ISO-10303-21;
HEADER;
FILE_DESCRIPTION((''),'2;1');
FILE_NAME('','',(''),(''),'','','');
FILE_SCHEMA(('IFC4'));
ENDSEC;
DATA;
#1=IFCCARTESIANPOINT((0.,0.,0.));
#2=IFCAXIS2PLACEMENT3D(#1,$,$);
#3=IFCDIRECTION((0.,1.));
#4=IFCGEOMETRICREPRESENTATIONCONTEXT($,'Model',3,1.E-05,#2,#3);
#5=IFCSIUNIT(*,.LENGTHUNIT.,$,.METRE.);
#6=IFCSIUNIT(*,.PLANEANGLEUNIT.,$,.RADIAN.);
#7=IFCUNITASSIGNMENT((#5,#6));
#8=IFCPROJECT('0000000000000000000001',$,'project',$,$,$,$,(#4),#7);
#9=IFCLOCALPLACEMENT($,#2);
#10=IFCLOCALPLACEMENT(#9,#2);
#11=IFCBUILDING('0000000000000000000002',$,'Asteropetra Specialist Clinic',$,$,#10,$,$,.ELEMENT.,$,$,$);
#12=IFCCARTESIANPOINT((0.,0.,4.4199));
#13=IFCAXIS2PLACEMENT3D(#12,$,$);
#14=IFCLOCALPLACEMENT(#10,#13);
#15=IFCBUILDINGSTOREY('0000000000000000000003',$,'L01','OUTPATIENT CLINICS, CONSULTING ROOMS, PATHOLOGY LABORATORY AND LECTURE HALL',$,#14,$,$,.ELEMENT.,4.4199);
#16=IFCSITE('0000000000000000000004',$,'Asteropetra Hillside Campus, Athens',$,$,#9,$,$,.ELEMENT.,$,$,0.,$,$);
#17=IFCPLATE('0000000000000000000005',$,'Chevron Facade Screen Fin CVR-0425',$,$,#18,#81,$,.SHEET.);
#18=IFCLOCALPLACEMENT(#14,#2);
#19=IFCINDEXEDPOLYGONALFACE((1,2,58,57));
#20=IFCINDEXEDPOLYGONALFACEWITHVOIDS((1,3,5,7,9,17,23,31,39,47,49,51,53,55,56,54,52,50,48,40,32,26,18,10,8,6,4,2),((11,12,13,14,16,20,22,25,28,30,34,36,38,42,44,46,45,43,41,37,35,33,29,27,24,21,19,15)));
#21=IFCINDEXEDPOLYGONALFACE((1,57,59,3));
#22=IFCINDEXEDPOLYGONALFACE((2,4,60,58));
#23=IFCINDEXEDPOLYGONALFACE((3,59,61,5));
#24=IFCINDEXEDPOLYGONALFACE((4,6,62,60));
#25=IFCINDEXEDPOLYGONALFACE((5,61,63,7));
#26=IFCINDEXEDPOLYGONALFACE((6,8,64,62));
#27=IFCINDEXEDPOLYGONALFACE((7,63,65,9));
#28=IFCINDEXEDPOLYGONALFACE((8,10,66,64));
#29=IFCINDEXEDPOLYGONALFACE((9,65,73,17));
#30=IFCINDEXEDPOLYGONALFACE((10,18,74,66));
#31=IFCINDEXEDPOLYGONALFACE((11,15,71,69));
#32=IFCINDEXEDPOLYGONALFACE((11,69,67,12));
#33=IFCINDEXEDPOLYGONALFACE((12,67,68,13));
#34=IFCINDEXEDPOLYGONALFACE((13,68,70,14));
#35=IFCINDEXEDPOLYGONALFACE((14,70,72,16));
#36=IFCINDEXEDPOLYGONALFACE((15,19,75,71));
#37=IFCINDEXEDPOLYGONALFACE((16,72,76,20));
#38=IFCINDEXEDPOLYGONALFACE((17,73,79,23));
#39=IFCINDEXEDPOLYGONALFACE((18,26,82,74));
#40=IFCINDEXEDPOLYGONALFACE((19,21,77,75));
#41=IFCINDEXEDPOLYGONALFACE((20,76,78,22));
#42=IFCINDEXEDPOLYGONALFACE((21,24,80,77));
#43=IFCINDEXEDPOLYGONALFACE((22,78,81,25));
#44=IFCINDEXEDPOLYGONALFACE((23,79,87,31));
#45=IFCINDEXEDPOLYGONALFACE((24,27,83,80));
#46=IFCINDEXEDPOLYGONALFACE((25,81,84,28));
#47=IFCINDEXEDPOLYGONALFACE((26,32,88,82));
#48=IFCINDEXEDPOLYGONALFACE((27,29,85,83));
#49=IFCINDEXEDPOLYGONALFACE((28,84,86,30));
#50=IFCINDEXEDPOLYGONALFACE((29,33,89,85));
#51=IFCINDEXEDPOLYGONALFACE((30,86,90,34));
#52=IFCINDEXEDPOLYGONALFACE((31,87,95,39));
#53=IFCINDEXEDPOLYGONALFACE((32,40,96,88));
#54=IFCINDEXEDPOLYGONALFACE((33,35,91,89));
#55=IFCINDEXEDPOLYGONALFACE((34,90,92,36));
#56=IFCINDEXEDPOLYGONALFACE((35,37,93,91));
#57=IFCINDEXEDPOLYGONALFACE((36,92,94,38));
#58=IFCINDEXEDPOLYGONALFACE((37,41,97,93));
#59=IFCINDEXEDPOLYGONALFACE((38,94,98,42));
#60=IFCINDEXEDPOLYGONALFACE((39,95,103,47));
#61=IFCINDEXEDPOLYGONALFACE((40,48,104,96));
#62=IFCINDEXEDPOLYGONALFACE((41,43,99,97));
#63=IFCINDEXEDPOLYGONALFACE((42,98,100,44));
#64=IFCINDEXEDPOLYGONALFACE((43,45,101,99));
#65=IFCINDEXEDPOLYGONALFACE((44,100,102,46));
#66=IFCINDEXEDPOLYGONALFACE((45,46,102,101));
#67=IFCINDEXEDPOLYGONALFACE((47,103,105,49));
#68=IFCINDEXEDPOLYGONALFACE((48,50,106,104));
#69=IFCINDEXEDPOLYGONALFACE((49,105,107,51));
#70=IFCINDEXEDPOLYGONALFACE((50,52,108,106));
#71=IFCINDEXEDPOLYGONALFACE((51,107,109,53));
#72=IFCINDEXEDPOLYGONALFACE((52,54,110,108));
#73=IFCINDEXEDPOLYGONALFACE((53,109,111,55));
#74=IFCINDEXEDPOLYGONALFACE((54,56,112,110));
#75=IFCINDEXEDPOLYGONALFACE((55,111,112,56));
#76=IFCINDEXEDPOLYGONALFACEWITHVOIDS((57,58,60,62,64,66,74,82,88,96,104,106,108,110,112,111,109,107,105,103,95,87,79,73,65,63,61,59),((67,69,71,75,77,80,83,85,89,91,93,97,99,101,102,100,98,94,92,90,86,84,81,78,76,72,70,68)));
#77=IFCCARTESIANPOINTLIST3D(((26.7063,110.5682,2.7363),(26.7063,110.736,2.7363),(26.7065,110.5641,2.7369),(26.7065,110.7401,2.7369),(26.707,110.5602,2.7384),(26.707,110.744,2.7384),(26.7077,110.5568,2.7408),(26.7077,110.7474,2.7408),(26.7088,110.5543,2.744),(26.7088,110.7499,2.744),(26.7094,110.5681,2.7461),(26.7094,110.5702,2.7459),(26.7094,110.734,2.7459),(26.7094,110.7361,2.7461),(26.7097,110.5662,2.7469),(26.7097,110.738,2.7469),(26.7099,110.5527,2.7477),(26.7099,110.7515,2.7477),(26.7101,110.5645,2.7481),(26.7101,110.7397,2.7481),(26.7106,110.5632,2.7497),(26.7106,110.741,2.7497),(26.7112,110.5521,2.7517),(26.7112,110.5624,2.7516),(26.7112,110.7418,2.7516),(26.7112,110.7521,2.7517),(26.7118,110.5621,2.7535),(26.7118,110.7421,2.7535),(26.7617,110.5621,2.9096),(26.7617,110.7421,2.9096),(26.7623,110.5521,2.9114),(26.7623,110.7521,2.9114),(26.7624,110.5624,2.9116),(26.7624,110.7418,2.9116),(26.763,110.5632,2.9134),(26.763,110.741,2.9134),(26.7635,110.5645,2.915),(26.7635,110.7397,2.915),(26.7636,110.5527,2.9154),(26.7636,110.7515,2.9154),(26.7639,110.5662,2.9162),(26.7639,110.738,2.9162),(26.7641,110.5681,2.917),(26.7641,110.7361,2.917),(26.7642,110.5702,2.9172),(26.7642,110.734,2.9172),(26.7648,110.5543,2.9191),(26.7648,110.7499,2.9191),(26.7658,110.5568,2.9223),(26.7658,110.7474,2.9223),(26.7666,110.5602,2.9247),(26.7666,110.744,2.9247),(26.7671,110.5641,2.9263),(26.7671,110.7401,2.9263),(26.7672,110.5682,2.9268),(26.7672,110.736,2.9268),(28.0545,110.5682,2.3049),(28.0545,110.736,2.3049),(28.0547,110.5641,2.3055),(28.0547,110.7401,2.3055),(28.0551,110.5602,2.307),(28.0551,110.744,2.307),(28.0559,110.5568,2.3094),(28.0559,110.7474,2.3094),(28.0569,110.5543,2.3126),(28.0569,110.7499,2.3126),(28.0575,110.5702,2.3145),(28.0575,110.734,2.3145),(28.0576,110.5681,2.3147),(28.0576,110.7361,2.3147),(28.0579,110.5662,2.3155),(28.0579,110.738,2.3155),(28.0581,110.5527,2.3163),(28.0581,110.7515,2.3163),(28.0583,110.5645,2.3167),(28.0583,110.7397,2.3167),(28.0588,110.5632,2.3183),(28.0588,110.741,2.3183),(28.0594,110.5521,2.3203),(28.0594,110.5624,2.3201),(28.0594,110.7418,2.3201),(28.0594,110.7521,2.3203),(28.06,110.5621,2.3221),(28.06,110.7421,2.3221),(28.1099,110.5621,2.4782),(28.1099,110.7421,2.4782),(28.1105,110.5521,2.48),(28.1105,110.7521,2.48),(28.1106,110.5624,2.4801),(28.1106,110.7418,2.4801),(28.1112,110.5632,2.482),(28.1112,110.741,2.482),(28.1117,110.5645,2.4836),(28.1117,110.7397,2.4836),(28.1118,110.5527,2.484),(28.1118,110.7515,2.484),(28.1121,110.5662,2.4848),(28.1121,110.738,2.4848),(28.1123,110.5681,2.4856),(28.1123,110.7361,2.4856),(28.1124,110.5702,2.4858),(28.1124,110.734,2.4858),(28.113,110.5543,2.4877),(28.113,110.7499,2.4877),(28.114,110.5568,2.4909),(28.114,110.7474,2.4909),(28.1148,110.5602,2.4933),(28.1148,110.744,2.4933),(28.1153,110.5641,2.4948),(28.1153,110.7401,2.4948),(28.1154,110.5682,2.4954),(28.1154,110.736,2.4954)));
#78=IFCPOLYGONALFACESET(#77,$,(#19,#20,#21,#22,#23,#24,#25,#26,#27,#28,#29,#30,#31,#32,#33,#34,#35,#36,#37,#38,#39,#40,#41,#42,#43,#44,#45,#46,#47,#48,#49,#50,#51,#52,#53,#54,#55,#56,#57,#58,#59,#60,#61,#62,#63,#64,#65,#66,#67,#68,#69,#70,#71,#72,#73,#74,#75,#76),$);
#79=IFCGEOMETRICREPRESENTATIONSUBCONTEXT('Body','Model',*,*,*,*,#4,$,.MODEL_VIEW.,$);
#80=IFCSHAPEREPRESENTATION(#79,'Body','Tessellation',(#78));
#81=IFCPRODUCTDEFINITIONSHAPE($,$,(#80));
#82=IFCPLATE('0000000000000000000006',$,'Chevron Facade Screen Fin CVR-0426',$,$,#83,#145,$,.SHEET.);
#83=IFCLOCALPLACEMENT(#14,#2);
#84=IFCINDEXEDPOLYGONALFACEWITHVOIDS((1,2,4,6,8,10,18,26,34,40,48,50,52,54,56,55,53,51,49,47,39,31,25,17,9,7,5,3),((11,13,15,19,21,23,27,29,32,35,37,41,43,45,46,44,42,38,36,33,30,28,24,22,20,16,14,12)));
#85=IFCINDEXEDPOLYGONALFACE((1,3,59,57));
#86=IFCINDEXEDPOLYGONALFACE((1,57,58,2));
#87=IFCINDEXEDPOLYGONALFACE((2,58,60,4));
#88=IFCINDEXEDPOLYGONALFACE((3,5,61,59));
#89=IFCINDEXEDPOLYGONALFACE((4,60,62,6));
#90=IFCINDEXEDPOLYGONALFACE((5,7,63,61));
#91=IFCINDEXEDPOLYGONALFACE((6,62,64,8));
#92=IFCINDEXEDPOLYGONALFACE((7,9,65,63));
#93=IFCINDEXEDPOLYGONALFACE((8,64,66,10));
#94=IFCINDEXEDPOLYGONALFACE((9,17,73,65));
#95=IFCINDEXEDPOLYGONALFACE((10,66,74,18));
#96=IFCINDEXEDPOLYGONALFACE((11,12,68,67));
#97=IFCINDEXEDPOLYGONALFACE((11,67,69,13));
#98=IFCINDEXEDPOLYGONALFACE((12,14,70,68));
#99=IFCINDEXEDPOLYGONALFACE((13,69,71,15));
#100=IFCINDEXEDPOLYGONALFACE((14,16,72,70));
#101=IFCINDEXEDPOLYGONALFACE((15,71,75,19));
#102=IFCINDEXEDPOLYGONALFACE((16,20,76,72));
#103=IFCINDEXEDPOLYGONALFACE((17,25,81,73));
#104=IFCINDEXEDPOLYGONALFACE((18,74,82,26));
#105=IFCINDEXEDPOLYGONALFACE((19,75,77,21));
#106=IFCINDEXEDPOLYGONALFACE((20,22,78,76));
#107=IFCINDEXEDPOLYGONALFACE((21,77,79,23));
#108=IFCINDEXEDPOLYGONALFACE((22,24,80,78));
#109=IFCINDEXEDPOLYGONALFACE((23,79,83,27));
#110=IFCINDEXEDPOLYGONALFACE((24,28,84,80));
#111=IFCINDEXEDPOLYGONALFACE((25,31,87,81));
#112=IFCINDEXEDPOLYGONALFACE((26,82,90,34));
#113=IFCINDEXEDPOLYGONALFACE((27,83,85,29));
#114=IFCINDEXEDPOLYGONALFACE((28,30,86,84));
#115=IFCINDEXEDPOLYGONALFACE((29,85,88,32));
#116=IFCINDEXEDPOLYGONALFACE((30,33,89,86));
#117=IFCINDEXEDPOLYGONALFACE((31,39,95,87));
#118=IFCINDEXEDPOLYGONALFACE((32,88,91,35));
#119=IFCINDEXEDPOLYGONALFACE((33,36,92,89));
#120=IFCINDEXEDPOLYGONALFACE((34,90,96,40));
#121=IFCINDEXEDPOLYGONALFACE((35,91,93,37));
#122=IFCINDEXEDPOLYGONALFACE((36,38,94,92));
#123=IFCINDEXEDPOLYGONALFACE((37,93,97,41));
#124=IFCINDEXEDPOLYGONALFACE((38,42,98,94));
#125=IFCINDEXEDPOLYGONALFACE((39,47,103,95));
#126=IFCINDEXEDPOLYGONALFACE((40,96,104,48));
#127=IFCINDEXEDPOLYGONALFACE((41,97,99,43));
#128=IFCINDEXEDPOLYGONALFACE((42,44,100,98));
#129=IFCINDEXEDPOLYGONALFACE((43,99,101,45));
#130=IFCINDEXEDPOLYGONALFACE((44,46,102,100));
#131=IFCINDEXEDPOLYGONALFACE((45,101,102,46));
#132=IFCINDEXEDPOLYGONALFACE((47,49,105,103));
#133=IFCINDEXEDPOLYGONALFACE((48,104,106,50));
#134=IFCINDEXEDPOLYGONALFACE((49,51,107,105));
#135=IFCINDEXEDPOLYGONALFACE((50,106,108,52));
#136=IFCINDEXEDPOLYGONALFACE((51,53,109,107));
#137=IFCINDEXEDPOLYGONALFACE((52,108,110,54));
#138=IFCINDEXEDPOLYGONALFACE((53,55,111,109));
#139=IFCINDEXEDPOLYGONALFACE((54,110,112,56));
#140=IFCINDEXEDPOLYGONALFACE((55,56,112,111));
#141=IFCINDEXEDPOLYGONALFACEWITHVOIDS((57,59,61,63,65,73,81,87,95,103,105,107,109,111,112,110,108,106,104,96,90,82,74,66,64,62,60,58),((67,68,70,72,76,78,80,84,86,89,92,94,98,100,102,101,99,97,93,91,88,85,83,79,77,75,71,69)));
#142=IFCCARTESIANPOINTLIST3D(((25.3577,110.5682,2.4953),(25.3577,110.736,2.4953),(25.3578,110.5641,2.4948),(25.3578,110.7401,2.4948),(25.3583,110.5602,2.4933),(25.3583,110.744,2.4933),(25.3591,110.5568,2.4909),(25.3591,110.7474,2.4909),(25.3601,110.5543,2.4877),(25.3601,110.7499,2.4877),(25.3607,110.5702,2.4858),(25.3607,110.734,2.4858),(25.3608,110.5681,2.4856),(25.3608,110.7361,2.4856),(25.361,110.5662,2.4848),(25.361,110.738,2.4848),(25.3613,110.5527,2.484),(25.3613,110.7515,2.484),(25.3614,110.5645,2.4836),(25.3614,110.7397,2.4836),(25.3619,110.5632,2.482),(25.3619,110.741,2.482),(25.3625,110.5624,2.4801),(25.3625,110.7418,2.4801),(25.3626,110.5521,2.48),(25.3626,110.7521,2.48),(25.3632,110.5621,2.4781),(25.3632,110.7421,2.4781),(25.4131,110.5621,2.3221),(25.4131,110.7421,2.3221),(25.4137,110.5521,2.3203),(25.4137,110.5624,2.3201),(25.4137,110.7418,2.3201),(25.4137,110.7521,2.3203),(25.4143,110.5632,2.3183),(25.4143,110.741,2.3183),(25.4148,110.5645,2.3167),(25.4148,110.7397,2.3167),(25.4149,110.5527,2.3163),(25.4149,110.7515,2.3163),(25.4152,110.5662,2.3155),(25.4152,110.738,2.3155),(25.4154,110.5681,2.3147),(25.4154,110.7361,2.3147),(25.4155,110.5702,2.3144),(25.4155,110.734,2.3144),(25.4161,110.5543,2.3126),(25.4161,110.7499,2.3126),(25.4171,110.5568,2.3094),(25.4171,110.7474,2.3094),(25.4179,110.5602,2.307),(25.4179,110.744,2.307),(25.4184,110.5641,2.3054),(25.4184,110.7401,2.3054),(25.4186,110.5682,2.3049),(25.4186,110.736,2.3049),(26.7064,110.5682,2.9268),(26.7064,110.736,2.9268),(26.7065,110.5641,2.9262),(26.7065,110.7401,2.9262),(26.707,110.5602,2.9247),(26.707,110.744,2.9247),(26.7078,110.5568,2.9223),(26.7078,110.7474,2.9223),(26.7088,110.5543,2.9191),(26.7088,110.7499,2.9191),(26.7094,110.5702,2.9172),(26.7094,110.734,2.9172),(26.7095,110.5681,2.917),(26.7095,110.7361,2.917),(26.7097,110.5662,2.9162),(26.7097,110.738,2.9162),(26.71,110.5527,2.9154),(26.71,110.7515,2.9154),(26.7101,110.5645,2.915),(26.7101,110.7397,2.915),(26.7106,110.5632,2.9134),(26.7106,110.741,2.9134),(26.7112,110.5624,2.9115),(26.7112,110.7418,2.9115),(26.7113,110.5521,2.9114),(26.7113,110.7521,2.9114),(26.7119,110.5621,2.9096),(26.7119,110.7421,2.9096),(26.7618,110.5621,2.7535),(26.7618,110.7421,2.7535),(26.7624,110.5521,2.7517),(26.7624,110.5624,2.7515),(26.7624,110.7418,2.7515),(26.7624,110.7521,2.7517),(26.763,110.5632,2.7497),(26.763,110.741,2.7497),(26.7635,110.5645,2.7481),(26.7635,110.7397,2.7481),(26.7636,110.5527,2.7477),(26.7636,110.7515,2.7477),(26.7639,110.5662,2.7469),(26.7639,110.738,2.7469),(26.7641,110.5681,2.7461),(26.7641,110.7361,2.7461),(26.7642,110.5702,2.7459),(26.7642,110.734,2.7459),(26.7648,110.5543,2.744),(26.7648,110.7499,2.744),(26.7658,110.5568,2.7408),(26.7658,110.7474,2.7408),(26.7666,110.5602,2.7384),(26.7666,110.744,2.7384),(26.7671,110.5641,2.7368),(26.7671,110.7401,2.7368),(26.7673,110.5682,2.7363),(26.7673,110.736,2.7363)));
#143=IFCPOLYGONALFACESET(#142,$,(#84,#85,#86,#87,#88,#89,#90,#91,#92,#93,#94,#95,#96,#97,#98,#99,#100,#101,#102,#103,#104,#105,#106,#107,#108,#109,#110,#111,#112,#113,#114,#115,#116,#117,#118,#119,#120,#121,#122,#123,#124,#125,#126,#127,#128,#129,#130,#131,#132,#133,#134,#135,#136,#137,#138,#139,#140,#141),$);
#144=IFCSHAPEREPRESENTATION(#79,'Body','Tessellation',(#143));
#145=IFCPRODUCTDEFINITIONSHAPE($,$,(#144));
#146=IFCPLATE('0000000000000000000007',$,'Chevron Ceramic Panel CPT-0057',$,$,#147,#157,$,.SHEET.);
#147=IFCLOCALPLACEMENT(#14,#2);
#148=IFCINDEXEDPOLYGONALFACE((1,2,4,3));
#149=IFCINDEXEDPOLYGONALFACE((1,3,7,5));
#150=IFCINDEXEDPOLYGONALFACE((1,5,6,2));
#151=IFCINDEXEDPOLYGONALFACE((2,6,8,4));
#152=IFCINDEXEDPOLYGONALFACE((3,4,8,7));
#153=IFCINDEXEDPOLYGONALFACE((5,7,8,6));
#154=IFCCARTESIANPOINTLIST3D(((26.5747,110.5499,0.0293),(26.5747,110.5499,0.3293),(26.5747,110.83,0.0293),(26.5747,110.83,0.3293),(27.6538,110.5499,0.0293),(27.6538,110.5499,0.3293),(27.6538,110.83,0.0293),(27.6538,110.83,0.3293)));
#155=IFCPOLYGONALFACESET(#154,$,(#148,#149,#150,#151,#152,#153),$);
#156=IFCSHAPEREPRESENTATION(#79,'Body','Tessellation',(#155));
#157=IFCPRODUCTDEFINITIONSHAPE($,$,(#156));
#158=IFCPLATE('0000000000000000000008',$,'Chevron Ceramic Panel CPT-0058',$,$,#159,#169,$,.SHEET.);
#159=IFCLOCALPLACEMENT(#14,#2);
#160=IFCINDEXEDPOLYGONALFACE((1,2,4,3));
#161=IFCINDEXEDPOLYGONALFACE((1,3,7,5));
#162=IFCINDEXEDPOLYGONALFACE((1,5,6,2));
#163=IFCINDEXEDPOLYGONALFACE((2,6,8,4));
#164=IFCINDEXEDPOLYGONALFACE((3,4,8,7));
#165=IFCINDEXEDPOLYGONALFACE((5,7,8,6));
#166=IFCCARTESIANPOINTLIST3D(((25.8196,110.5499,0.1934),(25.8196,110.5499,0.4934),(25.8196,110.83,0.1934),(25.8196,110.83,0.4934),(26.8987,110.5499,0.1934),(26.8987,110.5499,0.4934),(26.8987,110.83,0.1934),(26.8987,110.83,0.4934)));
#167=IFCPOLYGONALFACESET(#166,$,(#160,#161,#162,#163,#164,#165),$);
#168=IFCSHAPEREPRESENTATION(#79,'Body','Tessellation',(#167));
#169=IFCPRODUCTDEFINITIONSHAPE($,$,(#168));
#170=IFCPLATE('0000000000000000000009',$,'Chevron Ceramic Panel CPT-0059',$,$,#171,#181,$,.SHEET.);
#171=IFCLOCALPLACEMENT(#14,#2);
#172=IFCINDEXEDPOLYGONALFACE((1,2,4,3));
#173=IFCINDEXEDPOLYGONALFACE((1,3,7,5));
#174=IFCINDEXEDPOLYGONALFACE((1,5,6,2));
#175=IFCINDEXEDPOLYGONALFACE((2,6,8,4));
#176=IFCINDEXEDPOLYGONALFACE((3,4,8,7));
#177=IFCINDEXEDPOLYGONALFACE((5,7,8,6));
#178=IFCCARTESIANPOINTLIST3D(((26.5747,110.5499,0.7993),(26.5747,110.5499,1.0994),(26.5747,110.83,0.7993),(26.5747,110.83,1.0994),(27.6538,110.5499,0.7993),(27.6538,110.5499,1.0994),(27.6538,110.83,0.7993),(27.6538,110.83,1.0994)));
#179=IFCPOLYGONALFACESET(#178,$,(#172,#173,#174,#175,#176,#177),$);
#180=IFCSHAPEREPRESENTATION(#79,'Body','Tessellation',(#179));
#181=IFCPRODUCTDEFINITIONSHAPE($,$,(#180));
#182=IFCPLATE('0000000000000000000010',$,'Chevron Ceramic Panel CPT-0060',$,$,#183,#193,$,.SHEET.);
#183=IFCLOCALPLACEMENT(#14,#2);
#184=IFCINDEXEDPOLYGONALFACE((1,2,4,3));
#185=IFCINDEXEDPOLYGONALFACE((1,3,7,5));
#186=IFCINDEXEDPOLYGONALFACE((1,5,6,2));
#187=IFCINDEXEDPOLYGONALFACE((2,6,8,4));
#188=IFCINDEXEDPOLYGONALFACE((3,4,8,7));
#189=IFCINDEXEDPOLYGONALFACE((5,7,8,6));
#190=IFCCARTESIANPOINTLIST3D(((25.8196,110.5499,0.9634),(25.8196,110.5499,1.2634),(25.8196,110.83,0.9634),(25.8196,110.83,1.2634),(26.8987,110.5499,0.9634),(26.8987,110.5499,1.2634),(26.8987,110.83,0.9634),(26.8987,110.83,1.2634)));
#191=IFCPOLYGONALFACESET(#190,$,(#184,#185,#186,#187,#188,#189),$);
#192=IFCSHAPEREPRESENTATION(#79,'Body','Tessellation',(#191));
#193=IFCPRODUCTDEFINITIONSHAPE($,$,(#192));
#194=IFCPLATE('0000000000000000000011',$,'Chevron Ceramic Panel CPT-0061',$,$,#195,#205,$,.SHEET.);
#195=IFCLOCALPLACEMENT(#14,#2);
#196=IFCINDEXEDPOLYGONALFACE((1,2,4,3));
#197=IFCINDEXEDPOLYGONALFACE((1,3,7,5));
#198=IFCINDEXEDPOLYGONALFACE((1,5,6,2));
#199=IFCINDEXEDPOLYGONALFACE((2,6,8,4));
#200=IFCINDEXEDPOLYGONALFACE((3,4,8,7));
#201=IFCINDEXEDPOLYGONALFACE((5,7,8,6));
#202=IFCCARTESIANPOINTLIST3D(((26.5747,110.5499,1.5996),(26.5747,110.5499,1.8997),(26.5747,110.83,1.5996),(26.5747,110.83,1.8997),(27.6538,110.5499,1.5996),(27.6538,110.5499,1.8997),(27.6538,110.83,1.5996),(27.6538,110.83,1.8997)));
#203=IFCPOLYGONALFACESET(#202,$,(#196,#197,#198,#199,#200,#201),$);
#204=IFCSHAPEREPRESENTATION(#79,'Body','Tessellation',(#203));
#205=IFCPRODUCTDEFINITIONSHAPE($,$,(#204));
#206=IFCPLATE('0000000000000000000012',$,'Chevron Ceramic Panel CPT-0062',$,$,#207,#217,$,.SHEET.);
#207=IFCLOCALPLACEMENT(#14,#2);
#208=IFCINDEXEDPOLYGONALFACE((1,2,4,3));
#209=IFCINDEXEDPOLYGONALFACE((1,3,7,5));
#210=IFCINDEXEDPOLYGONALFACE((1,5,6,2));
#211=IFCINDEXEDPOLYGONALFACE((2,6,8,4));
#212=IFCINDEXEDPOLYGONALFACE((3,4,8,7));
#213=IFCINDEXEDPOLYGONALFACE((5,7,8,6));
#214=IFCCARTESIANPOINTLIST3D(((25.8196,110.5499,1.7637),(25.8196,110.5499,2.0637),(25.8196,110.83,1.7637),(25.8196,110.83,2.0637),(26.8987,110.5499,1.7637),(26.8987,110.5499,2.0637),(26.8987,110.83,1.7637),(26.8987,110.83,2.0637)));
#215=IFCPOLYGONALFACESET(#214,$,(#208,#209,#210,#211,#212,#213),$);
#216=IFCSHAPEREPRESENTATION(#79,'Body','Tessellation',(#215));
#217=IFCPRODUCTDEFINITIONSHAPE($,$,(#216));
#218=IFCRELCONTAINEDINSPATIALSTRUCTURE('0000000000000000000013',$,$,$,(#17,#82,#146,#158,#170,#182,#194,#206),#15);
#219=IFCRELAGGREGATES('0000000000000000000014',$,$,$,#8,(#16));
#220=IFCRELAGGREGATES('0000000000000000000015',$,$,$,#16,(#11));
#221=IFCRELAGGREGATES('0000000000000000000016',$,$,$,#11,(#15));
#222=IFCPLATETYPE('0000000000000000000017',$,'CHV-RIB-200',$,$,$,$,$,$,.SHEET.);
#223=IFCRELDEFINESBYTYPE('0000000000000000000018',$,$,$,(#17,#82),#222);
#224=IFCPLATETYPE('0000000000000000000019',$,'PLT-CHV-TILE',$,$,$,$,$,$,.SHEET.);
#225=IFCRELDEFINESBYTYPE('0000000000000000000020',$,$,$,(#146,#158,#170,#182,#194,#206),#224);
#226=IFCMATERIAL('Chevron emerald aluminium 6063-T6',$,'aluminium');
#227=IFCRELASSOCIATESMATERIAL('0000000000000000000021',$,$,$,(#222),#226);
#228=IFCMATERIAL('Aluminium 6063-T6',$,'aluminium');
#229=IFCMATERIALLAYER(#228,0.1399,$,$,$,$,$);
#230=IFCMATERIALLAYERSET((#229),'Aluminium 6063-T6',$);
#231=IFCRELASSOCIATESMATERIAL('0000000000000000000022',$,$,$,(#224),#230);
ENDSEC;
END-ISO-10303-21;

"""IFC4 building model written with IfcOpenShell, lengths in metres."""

from ifc_helpers import new_model, si_unit, direction, frame, origin, origin_2d, place, context, subcontext, project, spatial, rectangle, hollow_rectangle, extrude, material, layer, layer_set, material_profile, profile_set, type_object, element, save


model = new_model("IFC4")

# Units and contexts
model_context = context("Model", 3, precision=1e-05, world=origin(), true_north=direction((0.0, 1.0)))
body_context = subcontext(model_context, "Body", "Model", "MODEL_VIEW")
ifc_project = project(units=[si_unit("LENGTHUNIT", "METRE"), si_unit("PLANEANGLEUNIT", "RADIAN")], contexts=[model_context])

# Site, building, storey
site_placement = place(None, origin())
site = spatial("IfcSite", under=ifc_project, at=site_placement, Name="Asteropetra Hillside Campus, Athens", CompositionType="ELEMENT", RefElevation=0.0)
building_placement = place(site_placement, origin())
building = spatial("IfcBuilding", under=site, at=building_placement, Name="Asteropetra Specialist Clinic", CompositionType="ELEMENT")
storey_placement = place(building_placement, frame((0.0, 0.0, 4.4199)))
storey = spatial("IfcBuildingStorey", under=building, at=storey_placement, Name="L01", Description="OUTPATIENT CLINICS, CONSULTING ROOMS, PATHOLOGY LABORATORY AND LECTURE HALL", CompositionType="ELEMENT", Elevation=4.4199)

# Plates
ifc_material_1 = material(Name="Chevron emerald aluminium 6063-T6", Category="aluminium")
ifc_material_profile_1 = material_profile(ifc_material_1, hollow_rectangle(XDim=0.2, YDim=0.2, WallThickness=0.01, InnerFilletRadius=0.0081, OuterFilletRadius=0.0161, at=origin_2d()), Name="SHS 200x200x10.0")
ifc_profile_set_1 = profile_set([ifc_material_profile_1], Name="Chevron emerald aluminium 6063-T6")
plate_type_1 = type_object("IfcPlateType", Name="CHV-RIB-200", PredefinedType="SHEET", material=ifc_profile_set_1)
plate_1_placement = place(storey_placement, frame((28.085, 110.6521, 2.4001), z_axis=(-0.952426, 0.0, 0.304769), x_axis=(0.0, -1.0, 0.0)))
element("IfcPlate", 1, at=plate_1_placement, inside=storey, type_object=plate_type_1, Name="Chevron Facade Screen Fin CVR-0425", PredefinedType="SHEET", context=body_context, shape_type="SweptSolid", body=[
    extrude(hollow_rectangle(XDim=0.2, YDim=0.2, WallThickness=0.01, InnerFilletRadius=0.0081, OuterFilletRadius=0.0161, at=origin_2d()), origin(), (0.0, 0.0, 1.0), 1.4155),
])
plate_2_placement = place(storey_placement, frame((26.7368, 110.6521, 2.8315), z_axis=(-0.952458, 0.0, -0.304669), x_axis=(0.0, -1.0, 0.0)))
element("IfcPlate", 2, at=plate_2_placement, inside=storey, type_object=plate_type_1, Name="Chevron Facade Screen Fin CVR-0426", PredefinedType="SHEET", context=body_context, shape_type="SweptSolid", body=[
    extrude(hollow_rectangle(XDim=0.2, YDim=0.2, WallThickness=0.01, InnerFilletRadius=0.0081, OuterFilletRadius=0.0161, at=origin_2d()), origin(), (0.0, 0.0, 1.0), 1.416),
])
ifc_material_2 = material(Name="Aluminium 6063-T6", Category="aluminium")
ifc_layer_1 = layer(ifc_material_2, 0.1399)
ifc_layer_set_1 = layer_set([ifc_layer_1], Name="Aluminium 6063-T6")
plate_type_2 = type_object("IfcPlateType", Name="PLT-CHV-TILE", PredefinedType="SHEET", material=ifc_layer_set_1)
for number, where, z_axis, x_axis, name in (
    (3, (27.1143, 110.6899, 0.0293), (0.0, 0.0, 1.0), (1.0, 0.0, 0.0), "Chevron Ceramic Panel CPT-0057"),
    (4, (26.3591, 110.6899, 0.1934), (0.0, 0.0, 1.0), (1.0, 0.0, 0.0), "Chevron Ceramic Panel CPT-0058"),
    (5, (27.1143, 110.6899, 0.7993), (0.0, 0.0, 1.0), (1.0, 0.0, 0.0), "Chevron Ceramic Panel CPT-0059"),
    (6, (26.3591, 110.6899, 0.9634), (0.0, 0.0, 1.0), (1.0, 0.0, 0.0), "Chevron Ceramic Panel CPT-0060"),
    (7, (27.1143, 110.6899, 1.5996), (0.0, 0.0, 1.0), (1.0, 0.0, 0.0), "Chevron Ceramic Panel CPT-0061"),
    (8, (26.3591, 110.6899, 1.7637), (0.0, 0.0, 1.0), (1.0, 0.0, 0.0), "Chevron Ceramic Panel CPT-0062"),
):
    element("IfcPlate", number, at=place(storey_placement, frame(where, z_axis=z_axis, x_axis=x_axis)), inside=storey, type_object=plate_type_2, Name=name, PredefinedType="SHEET", context=body_context, shape_type="SweptSolid", body=[
        extrude(rectangle(XDim=1.0791, YDim=0.28, at=origin_2d()), origin(), (0.0, 0.0, 1.0), 0.3),
    ])

save(model, "model.ifc")
